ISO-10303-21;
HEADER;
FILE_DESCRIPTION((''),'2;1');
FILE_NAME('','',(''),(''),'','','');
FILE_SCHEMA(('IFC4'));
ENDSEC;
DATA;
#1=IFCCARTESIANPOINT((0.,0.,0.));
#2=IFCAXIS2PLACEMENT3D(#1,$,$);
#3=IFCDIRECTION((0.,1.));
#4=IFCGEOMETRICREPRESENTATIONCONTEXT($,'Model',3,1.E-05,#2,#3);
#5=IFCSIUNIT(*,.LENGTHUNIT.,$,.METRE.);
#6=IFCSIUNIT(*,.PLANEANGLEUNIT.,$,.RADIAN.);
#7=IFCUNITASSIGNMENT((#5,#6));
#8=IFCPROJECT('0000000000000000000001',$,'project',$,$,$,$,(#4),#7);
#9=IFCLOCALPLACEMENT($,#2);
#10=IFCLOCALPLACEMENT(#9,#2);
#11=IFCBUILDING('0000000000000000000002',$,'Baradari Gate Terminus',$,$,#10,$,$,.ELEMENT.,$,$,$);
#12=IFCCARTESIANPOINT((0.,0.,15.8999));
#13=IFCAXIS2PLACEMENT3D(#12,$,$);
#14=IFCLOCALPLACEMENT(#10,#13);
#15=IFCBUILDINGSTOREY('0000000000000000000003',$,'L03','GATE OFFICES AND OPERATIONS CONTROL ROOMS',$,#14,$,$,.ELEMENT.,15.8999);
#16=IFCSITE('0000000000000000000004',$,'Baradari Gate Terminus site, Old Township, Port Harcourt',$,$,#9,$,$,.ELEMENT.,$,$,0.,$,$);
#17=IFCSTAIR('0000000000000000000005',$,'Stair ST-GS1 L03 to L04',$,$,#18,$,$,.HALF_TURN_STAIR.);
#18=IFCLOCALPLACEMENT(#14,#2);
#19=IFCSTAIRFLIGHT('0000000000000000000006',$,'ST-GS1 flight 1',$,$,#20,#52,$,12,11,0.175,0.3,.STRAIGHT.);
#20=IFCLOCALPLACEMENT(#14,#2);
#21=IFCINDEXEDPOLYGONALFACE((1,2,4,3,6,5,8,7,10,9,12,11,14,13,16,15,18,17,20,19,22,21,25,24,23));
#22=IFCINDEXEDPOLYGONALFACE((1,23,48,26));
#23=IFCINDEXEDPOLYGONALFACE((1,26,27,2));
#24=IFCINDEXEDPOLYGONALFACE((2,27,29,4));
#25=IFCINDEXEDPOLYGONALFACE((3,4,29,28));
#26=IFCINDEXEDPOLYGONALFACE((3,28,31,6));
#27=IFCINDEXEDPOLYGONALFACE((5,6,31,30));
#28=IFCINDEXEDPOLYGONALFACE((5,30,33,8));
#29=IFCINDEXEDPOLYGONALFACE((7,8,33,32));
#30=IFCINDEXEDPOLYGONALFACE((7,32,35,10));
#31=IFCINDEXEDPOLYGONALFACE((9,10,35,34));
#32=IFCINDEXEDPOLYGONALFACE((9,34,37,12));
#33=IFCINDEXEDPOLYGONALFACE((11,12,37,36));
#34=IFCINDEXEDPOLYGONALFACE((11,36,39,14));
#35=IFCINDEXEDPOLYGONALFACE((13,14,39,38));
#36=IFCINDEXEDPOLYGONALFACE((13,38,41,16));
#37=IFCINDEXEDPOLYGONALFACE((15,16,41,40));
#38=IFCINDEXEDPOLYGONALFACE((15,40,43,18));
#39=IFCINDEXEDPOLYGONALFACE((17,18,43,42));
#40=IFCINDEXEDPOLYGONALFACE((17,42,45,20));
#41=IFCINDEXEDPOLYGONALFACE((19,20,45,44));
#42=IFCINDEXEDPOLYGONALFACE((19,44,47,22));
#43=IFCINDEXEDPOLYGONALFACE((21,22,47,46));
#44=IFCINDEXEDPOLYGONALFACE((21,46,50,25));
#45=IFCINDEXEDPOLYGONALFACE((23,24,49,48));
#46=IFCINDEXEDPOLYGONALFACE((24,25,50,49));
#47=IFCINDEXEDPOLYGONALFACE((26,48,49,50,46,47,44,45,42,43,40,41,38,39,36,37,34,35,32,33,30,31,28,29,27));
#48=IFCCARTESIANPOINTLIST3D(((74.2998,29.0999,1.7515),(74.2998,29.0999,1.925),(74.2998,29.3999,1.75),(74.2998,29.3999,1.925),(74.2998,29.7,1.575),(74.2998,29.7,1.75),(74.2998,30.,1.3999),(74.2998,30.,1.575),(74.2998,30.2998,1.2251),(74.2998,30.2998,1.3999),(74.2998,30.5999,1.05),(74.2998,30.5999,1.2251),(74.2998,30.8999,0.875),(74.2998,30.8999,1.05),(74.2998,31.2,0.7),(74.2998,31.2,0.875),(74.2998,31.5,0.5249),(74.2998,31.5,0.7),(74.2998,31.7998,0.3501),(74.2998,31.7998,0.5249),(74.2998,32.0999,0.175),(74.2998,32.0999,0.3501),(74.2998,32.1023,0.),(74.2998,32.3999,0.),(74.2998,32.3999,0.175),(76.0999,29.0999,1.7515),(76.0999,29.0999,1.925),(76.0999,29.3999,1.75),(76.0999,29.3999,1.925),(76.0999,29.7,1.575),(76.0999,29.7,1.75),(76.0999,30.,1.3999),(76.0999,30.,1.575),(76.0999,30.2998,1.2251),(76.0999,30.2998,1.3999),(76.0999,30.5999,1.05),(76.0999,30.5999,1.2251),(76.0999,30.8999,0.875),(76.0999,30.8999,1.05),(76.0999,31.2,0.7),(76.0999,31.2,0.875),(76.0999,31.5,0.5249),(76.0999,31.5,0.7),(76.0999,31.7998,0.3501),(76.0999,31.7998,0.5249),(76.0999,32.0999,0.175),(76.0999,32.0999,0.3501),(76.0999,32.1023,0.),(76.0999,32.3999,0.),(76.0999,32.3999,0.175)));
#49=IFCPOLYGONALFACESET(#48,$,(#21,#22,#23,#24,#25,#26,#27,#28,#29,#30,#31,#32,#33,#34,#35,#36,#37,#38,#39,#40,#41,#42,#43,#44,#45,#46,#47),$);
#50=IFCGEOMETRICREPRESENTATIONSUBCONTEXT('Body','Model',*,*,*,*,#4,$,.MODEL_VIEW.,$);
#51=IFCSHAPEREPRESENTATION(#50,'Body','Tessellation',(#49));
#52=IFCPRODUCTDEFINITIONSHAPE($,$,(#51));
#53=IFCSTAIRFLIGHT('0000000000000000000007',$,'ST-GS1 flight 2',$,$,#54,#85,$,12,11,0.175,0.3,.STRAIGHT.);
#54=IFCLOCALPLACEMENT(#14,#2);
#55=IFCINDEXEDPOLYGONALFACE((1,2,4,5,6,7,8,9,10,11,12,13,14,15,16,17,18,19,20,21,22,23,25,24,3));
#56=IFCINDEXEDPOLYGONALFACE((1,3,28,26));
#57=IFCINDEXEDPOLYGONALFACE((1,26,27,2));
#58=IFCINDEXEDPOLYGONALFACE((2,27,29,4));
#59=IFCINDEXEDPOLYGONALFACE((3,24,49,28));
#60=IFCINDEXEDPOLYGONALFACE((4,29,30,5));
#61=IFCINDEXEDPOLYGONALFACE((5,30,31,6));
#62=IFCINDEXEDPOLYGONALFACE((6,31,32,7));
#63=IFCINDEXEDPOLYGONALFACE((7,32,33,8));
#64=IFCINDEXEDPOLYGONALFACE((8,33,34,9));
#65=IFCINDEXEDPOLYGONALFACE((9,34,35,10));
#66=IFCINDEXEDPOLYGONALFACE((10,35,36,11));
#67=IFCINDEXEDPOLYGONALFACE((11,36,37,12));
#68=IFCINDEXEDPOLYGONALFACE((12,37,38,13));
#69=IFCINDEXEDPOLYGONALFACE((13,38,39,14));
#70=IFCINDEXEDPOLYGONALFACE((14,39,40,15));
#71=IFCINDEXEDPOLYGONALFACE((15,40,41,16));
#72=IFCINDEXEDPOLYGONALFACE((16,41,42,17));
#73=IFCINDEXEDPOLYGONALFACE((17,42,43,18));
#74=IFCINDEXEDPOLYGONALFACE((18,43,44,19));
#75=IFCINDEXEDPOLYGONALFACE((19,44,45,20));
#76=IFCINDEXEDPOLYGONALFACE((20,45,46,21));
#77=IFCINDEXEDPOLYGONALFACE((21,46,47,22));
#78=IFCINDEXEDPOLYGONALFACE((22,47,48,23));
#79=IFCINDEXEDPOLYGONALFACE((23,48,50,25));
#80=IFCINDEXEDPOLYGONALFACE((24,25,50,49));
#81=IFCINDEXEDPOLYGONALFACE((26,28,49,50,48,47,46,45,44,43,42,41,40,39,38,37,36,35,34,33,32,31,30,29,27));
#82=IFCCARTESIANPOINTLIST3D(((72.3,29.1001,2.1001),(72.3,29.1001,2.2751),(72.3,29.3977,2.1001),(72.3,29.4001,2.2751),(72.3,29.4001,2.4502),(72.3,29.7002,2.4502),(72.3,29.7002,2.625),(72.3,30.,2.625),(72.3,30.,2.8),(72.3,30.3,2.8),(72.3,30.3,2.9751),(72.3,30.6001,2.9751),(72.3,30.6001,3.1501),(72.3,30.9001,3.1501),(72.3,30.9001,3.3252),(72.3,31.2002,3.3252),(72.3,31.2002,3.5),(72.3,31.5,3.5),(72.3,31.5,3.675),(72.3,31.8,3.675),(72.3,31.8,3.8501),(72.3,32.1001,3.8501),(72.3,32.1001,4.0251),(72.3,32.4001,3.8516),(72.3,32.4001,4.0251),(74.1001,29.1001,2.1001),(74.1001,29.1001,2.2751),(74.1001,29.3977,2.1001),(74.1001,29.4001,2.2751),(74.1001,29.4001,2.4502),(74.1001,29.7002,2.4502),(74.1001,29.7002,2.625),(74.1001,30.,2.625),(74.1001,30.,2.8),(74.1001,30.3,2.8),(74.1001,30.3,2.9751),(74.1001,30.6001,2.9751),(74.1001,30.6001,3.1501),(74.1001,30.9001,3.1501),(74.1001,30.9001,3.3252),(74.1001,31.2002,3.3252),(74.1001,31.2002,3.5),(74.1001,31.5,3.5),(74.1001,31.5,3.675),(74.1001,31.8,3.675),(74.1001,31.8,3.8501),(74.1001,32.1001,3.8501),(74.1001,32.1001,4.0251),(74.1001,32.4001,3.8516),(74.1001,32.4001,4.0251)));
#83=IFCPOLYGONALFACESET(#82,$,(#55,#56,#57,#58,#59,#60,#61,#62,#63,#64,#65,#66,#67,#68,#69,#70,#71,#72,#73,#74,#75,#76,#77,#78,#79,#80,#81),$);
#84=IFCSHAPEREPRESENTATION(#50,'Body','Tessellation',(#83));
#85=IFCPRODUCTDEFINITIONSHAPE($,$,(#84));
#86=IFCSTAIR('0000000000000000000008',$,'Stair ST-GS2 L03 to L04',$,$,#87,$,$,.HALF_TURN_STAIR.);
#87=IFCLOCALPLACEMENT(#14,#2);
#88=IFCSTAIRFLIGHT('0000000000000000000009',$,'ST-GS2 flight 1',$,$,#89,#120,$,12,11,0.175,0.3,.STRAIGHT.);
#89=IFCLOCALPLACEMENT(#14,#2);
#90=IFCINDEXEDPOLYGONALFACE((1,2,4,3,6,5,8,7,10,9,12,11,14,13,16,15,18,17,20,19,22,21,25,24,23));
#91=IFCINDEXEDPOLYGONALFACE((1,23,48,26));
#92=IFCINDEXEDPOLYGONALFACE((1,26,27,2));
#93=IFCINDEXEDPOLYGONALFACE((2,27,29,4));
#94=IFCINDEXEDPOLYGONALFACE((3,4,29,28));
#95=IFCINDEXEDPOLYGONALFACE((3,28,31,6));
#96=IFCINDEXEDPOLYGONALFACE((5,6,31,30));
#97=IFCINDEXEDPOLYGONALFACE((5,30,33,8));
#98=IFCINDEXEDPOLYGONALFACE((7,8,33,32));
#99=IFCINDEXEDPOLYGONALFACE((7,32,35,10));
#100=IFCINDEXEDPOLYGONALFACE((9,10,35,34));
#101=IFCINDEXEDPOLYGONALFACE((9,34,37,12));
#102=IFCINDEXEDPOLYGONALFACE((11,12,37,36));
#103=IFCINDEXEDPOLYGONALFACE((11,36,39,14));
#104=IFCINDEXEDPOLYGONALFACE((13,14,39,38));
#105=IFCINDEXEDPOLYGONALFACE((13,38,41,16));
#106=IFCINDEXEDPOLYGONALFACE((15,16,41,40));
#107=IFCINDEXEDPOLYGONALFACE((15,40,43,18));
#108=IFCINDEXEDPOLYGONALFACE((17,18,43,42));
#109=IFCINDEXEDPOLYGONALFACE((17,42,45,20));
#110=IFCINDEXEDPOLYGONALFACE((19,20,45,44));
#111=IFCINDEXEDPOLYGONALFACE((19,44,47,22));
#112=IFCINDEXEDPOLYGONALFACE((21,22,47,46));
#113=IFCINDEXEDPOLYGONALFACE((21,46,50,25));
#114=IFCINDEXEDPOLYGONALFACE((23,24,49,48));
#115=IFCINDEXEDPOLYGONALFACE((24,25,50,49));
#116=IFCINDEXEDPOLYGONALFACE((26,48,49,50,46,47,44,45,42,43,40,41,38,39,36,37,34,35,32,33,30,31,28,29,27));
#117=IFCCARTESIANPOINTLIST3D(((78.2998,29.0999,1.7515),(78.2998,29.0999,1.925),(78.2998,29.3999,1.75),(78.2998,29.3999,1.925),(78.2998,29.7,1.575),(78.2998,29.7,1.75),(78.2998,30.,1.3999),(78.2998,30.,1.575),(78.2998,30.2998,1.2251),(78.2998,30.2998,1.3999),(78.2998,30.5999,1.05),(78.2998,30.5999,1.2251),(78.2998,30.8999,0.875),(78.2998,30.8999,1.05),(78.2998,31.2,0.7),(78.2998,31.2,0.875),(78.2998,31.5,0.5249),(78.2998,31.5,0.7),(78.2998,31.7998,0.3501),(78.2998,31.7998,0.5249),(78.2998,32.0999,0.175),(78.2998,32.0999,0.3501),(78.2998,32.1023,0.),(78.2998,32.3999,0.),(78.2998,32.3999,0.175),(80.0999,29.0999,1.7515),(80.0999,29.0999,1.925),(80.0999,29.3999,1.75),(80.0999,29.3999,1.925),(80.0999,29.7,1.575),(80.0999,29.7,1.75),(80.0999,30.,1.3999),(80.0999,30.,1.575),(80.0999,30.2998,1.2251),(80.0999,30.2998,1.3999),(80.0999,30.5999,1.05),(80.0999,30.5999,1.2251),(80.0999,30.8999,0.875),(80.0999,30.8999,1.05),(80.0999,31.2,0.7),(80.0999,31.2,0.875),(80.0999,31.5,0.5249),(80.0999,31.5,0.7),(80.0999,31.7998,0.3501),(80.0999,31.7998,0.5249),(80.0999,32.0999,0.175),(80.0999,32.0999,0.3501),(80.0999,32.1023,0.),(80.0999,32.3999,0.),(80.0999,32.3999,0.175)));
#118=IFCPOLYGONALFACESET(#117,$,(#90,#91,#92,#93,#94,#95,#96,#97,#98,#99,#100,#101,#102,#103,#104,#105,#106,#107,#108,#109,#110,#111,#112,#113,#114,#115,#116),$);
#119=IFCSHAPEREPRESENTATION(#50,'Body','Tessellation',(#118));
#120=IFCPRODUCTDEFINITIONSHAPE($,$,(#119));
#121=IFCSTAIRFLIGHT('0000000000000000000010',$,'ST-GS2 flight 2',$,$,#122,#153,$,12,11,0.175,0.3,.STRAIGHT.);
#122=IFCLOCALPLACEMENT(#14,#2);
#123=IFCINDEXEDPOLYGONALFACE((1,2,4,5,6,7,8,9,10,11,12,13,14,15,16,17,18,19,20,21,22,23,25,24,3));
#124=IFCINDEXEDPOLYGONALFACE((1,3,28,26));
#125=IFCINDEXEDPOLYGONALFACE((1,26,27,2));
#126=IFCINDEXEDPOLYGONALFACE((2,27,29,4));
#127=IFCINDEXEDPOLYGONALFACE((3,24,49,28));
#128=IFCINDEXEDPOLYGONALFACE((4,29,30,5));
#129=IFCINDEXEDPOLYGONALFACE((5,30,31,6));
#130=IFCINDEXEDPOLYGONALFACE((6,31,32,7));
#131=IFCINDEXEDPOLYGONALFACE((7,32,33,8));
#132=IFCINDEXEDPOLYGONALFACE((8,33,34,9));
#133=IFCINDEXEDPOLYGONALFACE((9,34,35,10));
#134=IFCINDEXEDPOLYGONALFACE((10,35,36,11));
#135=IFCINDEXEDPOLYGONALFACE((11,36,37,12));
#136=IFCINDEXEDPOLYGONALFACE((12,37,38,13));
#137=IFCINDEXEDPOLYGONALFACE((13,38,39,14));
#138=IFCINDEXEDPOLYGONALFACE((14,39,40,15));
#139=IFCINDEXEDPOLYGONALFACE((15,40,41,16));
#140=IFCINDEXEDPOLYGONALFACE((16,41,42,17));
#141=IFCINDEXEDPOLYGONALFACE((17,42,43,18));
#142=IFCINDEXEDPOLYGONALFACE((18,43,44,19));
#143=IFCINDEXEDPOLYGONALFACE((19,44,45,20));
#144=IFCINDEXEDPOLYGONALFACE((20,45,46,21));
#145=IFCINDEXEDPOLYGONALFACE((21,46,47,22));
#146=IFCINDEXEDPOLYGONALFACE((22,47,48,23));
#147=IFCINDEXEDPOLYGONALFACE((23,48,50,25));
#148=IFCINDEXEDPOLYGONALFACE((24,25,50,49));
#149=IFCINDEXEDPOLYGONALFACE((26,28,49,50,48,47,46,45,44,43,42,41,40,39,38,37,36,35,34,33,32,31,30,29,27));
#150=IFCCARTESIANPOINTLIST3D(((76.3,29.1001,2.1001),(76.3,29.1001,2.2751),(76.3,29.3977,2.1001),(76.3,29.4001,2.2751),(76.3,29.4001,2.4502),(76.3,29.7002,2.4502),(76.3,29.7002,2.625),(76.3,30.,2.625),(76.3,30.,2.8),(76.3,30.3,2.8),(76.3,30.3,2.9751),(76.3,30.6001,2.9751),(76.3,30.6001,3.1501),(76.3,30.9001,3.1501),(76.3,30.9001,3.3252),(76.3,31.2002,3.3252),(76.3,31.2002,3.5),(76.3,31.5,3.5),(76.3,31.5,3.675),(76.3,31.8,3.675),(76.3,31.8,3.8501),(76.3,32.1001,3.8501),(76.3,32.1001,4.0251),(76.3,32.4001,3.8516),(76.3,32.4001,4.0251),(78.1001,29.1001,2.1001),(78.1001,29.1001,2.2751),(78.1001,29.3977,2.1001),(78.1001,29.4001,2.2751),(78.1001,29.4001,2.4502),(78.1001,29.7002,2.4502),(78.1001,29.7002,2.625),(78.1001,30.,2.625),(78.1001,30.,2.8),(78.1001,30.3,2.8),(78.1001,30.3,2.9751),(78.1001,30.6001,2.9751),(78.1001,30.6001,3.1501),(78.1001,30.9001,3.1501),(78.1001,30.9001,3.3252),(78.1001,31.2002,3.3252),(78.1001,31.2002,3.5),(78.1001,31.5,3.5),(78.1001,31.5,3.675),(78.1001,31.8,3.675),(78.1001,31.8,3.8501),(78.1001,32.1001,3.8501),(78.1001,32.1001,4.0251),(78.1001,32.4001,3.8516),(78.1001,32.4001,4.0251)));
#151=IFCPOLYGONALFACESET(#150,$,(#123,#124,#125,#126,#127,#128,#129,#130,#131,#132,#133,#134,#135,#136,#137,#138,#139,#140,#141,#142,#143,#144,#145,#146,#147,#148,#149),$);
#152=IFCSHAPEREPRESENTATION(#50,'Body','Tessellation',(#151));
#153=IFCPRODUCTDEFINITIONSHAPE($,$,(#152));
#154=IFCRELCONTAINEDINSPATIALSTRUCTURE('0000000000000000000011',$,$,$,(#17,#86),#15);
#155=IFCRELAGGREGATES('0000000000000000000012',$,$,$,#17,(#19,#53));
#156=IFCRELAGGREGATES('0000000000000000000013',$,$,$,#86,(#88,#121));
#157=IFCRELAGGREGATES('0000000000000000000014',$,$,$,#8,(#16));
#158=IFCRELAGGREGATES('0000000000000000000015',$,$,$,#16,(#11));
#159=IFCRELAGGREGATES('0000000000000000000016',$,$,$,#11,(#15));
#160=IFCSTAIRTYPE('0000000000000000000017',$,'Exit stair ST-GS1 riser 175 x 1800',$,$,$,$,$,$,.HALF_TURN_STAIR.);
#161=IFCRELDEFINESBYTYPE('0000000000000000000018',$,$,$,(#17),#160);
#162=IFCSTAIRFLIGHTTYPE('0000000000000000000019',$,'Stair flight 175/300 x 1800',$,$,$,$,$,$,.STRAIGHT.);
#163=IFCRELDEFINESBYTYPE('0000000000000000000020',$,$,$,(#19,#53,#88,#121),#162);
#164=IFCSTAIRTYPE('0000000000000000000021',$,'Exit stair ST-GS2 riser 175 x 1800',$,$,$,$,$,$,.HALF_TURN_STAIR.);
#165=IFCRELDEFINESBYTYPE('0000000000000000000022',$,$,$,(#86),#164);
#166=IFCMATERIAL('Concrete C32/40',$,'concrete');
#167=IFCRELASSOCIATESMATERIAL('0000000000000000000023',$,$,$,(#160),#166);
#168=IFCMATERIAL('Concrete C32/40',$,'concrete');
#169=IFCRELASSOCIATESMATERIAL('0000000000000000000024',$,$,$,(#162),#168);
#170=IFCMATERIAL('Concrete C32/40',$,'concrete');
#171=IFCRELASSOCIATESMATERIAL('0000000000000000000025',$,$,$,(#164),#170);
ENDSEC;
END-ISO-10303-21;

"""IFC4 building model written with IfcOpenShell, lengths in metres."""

from ifc_helpers import new_model, si_unit, direction, frame, origin, place, context, subcontext, project, spatial, polyline, outline, extrude, material, type_object, element, aggregate, save


model = new_model("IFC4")

# Units and contexts
model_context = context("Model", 3, precision=1e-05, world=origin(), true_north=direction((0.0, 1.0)))
body_context = subcontext(model_context, "Body", "Model", "MODEL_VIEW")
ifc_project = project(units=[si_unit("LENGTHUNIT", "METRE"), si_unit("PLANEANGLEUNIT", "RADIAN")], contexts=[model_context])

# Site, building, storey
site_placement = place(None, origin())
site = spatial("IfcSite", under=ifc_project, at=site_placement, Name="Baradari Gate Terminus site, Old Township, Port Harcourt", CompositionType="ELEMENT", RefElevation=0.0)
building_placement = place(site_placement, origin())
building = spatial("IfcBuilding", under=site, at=building_placement, Name="Baradari Gate Terminus", CompositionType="ELEMENT")
storey_placement = place(building_placement, frame((0.0, 0.0, 15.8999)))
storey = spatial("IfcBuildingStorey", under=building, at=storey_placement, Name="L03", Description="GATE OFFICES AND OPERATIONS CONTROL ROOMS", CompositionType="ELEMENT", Elevation=15.8999)

# Stairs, stair flights
ifc_material_1 = material(Name="Concrete C32/40", Category="concrete")
stair_type_1 = type_object("IfcStairType", Name="Exit stair ST-GS1 riser 175 x 1800", PredefinedType="HALF_TURN_STAIR", material=ifc_material_1)
stair_1_placement = place(storey_placement, origin())
stair_1 = element("IfcStair", 1, at=stair_1_placement, inside=storey, type_object=stair_type_1, Name="Stair ST-GS1 L03 to L04", PredefinedType="HALF_TURN_STAIR")
ifc_material_2 = material(Name="Concrete C32/40", Category="concrete")
stair_flight_type = type_object("IfcStairFlightType", Name="Stair flight 175/300 x 1800", PredefinedType="STRAIGHT", material=ifc_material_2)
stair_flight_1_placement = place(storey_placement, frame((75.2, 32.3999, 0.0), z_axis=(0.0, 0.0, 1.0), x_axis=(0.0, -1.0, 0.0)))
stair_flight_1 = element("IfcStairFlight", 2, at=stair_flight_1_placement, type_object=stair_flight_type, Name="ST-GS1 flight 1", NumberOfRisers=12, NumberOfTreads=11, PredefinedType="STRAIGHT", RiserHeight=0.175, TreadLength=0.3, context=body_context, shape_type="SweptSolid", body=[
    extrude(outline(polyline([(0.0, 0.0), (0.0, 0.175), (0.3, 0.175), (0.3, 0.3501), (0.6001, 0.3501), (0.6001, 0.5249), (0.8999, 0.5249), (0.8999, 0.7), (1.2, 0.7), (1.2, 0.875), (1.5, 0.875), (1.5, 1.05), (1.8, 1.05), (1.8, 1.2251), (2.1001, 1.2251), (2.1001, 1.3999), (2.3999, 1.3999), (2.3999, 1.575), (2.7, 1.575), (2.7, 1.75), (3.0, 1.75), (3.0, 1.925), (3.3, 1.925), (3.3, 2.1001), (3.3, 1.7515), (0.2976, 0.0), (0.0, 0.0)])), frame((0.0, 0.8999, 0.0), z_axis=(0.0, -1.0, 0.0), x_axis=(1.0, 0.0, 0.0)), (0.0, 0.0, 1.0), 1.8),
])
stair_flight_2_placement = place(storey_placement, frame((73.2, 29.1001, 2.1001), z_axis=(0.0, 0.0, 1.0), x_axis=(0.0, 1.0, 0.0)))
stair_flight_2 = element("IfcStairFlight", 3, at=stair_flight_2_placement, type_object=stair_flight_type, Name="ST-GS1 flight 2", NumberOfRisers=12, NumberOfTreads=11, PredefinedType="STRAIGHT", RiserHeight=0.175, TreadLength=0.3, context=body_context, shape_type="SweptSolid", body=[
    extrude(outline(polyline([(0.0, 0.0), (0.0, 0.175), (0.3, 0.175), (0.3, 0.3501), (0.6001, 0.3501), (0.6001, 0.5249), (0.8999, 0.5249), (0.8999, 0.7), (1.2, 0.7), (1.2, 0.875), (1.5, 0.875), (1.5, 1.05), (1.8, 1.05), (1.8, 1.2251), (2.1001, 1.2251), (2.1001, 1.3999), (2.3999, 1.3999), (2.3999, 1.575), (2.7, 1.575), (2.7, 1.75), (3.0, 1.75), (3.0, 1.925), (3.3, 1.925), (3.3, 2.1001), (3.3, 1.7515), (0.2976, 0.0), (0.0, 0.0)])), frame((0.0, 0.8999, 0.0), z_axis=(0.0, -1.0, 0.0), x_axis=(1.0, 0.0, 0.0)), (0.0, 0.0, 1.0), 1.8),
])
aggregate(stair_1, [stair_flight_1, stair_flight_2])
ifc_material_3 = material(Name="Concrete C32/40", Category="concrete")
stair_type_2 = type_object("IfcStairType", Name="Exit stair ST-GS2 riser 175 x 1800", PredefinedType="HALF_TURN_STAIR", material=ifc_material_3)
stair_2_placement = place(storey_placement, origin())
stair_2 = element("IfcStair", 4, at=stair_2_placement, inside=storey, type_object=stair_type_2, Name="Stair ST-GS2 L03 to L04", PredefinedType="HALF_TURN_STAIR")
stair_flight_3_placement = place(storey_placement, frame((79.2, 32.3999, 0.0), z_axis=(0.0, 0.0, 1.0), x_axis=(0.0, -1.0, 0.0)))
stair_flight_3 = element("IfcStairFlight", 5, at=stair_flight_3_placement, type_object=stair_flight_type, Name="ST-GS2 flight 1", NumberOfRisers=12, NumberOfTreads=11, PredefinedType="STRAIGHT", RiserHeight=0.175, TreadLength=0.3, context=body_context, shape_type="SweptSolid", body=[
    extrude(outline(polyline([(0.0, 0.0), (0.0, 0.175), (0.3, 0.175), (0.3, 0.3501), (0.6001, 0.3501), (0.6001, 0.5249), (0.8999, 0.5249), (0.8999, 0.7), (1.2, 0.7), (1.2, 0.875), (1.5, 0.875), (1.5, 1.05), (1.8, 1.05), (1.8, 1.2251), (2.1001, 1.2251), (2.1001, 1.3999), (2.3999, 1.3999), (2.3999, 1.575), (2.7, 1.575), (2.7, 1.75), (3.0, 1.75), (3.0, 1.925), (3.3, 1.925), (3.3, 2.1001), (3.3, 1.7515), (0.2976, 0.0), (0.0, 0.0)])), frame((0.0, 0.8999, 0.0), z_axis=(0.0, -1.0, 0.0), x_axis=(1.0, 0.0, 0.0)), (0.0, 0.0, 1.0), 1.8),
])
stair_flight_4_placement = place(storey_placement, frame((77.2, 29.1001, 2.1001), z_axis=(0.0, 0.0, 1.0), x_axis=(0.0, 1.0, 0.0)))
stair_flight_4 = element("IfcStairFlight", 6, at=stair_flight_4_placement, type_object=stair_flight_type, Name="ST-GS2 flight 2", NumberOfRisers=12, NumberOfTreads=11, PredefinedType="STRAIGHT", RiserHeight=0.175, TreadLength=0.3, context=body_context, shape_type="SweptSolid", body=[
    extrude(outline(polyline([(0.0, 0.0), (0.0, 0.175), (0.3, 0.175), (0.3, 0.3501), (0.6001, 0.3501), (0.6001, 0.5249), (0.8999, 0.5249), (0.8999, 0.7), (1.2, 0.7), (1.2, 0.875), (1.5, 0.875), (1.5, 1.05), (1.8, 1.05), (1.8, 1.2251), (2.1001, 1.2251), (2.1001, 1.3999), (2.3999, 1.3999), (2.3999, 1.575), (2.7, 1.575), (2.7, 1.75), (3.0, 1.75), (3.0, 1.925), (3.3, 1.925), (3.3, 2.1001), (3.3, 1.7515), (0.2976, 0.0), (0.0, 0.0)])), frame((0.0, 0.8999, 0.0), z_axis=(0.0, -1.0, 0.0), x_axis=(1.0, 0.0, 0.0)), (0.0, 0.0, 1.0), 1.8),
])
aggregate(stair_2, [stair_flight_3, stair_flight_4])

save(model, "model.ifc")
